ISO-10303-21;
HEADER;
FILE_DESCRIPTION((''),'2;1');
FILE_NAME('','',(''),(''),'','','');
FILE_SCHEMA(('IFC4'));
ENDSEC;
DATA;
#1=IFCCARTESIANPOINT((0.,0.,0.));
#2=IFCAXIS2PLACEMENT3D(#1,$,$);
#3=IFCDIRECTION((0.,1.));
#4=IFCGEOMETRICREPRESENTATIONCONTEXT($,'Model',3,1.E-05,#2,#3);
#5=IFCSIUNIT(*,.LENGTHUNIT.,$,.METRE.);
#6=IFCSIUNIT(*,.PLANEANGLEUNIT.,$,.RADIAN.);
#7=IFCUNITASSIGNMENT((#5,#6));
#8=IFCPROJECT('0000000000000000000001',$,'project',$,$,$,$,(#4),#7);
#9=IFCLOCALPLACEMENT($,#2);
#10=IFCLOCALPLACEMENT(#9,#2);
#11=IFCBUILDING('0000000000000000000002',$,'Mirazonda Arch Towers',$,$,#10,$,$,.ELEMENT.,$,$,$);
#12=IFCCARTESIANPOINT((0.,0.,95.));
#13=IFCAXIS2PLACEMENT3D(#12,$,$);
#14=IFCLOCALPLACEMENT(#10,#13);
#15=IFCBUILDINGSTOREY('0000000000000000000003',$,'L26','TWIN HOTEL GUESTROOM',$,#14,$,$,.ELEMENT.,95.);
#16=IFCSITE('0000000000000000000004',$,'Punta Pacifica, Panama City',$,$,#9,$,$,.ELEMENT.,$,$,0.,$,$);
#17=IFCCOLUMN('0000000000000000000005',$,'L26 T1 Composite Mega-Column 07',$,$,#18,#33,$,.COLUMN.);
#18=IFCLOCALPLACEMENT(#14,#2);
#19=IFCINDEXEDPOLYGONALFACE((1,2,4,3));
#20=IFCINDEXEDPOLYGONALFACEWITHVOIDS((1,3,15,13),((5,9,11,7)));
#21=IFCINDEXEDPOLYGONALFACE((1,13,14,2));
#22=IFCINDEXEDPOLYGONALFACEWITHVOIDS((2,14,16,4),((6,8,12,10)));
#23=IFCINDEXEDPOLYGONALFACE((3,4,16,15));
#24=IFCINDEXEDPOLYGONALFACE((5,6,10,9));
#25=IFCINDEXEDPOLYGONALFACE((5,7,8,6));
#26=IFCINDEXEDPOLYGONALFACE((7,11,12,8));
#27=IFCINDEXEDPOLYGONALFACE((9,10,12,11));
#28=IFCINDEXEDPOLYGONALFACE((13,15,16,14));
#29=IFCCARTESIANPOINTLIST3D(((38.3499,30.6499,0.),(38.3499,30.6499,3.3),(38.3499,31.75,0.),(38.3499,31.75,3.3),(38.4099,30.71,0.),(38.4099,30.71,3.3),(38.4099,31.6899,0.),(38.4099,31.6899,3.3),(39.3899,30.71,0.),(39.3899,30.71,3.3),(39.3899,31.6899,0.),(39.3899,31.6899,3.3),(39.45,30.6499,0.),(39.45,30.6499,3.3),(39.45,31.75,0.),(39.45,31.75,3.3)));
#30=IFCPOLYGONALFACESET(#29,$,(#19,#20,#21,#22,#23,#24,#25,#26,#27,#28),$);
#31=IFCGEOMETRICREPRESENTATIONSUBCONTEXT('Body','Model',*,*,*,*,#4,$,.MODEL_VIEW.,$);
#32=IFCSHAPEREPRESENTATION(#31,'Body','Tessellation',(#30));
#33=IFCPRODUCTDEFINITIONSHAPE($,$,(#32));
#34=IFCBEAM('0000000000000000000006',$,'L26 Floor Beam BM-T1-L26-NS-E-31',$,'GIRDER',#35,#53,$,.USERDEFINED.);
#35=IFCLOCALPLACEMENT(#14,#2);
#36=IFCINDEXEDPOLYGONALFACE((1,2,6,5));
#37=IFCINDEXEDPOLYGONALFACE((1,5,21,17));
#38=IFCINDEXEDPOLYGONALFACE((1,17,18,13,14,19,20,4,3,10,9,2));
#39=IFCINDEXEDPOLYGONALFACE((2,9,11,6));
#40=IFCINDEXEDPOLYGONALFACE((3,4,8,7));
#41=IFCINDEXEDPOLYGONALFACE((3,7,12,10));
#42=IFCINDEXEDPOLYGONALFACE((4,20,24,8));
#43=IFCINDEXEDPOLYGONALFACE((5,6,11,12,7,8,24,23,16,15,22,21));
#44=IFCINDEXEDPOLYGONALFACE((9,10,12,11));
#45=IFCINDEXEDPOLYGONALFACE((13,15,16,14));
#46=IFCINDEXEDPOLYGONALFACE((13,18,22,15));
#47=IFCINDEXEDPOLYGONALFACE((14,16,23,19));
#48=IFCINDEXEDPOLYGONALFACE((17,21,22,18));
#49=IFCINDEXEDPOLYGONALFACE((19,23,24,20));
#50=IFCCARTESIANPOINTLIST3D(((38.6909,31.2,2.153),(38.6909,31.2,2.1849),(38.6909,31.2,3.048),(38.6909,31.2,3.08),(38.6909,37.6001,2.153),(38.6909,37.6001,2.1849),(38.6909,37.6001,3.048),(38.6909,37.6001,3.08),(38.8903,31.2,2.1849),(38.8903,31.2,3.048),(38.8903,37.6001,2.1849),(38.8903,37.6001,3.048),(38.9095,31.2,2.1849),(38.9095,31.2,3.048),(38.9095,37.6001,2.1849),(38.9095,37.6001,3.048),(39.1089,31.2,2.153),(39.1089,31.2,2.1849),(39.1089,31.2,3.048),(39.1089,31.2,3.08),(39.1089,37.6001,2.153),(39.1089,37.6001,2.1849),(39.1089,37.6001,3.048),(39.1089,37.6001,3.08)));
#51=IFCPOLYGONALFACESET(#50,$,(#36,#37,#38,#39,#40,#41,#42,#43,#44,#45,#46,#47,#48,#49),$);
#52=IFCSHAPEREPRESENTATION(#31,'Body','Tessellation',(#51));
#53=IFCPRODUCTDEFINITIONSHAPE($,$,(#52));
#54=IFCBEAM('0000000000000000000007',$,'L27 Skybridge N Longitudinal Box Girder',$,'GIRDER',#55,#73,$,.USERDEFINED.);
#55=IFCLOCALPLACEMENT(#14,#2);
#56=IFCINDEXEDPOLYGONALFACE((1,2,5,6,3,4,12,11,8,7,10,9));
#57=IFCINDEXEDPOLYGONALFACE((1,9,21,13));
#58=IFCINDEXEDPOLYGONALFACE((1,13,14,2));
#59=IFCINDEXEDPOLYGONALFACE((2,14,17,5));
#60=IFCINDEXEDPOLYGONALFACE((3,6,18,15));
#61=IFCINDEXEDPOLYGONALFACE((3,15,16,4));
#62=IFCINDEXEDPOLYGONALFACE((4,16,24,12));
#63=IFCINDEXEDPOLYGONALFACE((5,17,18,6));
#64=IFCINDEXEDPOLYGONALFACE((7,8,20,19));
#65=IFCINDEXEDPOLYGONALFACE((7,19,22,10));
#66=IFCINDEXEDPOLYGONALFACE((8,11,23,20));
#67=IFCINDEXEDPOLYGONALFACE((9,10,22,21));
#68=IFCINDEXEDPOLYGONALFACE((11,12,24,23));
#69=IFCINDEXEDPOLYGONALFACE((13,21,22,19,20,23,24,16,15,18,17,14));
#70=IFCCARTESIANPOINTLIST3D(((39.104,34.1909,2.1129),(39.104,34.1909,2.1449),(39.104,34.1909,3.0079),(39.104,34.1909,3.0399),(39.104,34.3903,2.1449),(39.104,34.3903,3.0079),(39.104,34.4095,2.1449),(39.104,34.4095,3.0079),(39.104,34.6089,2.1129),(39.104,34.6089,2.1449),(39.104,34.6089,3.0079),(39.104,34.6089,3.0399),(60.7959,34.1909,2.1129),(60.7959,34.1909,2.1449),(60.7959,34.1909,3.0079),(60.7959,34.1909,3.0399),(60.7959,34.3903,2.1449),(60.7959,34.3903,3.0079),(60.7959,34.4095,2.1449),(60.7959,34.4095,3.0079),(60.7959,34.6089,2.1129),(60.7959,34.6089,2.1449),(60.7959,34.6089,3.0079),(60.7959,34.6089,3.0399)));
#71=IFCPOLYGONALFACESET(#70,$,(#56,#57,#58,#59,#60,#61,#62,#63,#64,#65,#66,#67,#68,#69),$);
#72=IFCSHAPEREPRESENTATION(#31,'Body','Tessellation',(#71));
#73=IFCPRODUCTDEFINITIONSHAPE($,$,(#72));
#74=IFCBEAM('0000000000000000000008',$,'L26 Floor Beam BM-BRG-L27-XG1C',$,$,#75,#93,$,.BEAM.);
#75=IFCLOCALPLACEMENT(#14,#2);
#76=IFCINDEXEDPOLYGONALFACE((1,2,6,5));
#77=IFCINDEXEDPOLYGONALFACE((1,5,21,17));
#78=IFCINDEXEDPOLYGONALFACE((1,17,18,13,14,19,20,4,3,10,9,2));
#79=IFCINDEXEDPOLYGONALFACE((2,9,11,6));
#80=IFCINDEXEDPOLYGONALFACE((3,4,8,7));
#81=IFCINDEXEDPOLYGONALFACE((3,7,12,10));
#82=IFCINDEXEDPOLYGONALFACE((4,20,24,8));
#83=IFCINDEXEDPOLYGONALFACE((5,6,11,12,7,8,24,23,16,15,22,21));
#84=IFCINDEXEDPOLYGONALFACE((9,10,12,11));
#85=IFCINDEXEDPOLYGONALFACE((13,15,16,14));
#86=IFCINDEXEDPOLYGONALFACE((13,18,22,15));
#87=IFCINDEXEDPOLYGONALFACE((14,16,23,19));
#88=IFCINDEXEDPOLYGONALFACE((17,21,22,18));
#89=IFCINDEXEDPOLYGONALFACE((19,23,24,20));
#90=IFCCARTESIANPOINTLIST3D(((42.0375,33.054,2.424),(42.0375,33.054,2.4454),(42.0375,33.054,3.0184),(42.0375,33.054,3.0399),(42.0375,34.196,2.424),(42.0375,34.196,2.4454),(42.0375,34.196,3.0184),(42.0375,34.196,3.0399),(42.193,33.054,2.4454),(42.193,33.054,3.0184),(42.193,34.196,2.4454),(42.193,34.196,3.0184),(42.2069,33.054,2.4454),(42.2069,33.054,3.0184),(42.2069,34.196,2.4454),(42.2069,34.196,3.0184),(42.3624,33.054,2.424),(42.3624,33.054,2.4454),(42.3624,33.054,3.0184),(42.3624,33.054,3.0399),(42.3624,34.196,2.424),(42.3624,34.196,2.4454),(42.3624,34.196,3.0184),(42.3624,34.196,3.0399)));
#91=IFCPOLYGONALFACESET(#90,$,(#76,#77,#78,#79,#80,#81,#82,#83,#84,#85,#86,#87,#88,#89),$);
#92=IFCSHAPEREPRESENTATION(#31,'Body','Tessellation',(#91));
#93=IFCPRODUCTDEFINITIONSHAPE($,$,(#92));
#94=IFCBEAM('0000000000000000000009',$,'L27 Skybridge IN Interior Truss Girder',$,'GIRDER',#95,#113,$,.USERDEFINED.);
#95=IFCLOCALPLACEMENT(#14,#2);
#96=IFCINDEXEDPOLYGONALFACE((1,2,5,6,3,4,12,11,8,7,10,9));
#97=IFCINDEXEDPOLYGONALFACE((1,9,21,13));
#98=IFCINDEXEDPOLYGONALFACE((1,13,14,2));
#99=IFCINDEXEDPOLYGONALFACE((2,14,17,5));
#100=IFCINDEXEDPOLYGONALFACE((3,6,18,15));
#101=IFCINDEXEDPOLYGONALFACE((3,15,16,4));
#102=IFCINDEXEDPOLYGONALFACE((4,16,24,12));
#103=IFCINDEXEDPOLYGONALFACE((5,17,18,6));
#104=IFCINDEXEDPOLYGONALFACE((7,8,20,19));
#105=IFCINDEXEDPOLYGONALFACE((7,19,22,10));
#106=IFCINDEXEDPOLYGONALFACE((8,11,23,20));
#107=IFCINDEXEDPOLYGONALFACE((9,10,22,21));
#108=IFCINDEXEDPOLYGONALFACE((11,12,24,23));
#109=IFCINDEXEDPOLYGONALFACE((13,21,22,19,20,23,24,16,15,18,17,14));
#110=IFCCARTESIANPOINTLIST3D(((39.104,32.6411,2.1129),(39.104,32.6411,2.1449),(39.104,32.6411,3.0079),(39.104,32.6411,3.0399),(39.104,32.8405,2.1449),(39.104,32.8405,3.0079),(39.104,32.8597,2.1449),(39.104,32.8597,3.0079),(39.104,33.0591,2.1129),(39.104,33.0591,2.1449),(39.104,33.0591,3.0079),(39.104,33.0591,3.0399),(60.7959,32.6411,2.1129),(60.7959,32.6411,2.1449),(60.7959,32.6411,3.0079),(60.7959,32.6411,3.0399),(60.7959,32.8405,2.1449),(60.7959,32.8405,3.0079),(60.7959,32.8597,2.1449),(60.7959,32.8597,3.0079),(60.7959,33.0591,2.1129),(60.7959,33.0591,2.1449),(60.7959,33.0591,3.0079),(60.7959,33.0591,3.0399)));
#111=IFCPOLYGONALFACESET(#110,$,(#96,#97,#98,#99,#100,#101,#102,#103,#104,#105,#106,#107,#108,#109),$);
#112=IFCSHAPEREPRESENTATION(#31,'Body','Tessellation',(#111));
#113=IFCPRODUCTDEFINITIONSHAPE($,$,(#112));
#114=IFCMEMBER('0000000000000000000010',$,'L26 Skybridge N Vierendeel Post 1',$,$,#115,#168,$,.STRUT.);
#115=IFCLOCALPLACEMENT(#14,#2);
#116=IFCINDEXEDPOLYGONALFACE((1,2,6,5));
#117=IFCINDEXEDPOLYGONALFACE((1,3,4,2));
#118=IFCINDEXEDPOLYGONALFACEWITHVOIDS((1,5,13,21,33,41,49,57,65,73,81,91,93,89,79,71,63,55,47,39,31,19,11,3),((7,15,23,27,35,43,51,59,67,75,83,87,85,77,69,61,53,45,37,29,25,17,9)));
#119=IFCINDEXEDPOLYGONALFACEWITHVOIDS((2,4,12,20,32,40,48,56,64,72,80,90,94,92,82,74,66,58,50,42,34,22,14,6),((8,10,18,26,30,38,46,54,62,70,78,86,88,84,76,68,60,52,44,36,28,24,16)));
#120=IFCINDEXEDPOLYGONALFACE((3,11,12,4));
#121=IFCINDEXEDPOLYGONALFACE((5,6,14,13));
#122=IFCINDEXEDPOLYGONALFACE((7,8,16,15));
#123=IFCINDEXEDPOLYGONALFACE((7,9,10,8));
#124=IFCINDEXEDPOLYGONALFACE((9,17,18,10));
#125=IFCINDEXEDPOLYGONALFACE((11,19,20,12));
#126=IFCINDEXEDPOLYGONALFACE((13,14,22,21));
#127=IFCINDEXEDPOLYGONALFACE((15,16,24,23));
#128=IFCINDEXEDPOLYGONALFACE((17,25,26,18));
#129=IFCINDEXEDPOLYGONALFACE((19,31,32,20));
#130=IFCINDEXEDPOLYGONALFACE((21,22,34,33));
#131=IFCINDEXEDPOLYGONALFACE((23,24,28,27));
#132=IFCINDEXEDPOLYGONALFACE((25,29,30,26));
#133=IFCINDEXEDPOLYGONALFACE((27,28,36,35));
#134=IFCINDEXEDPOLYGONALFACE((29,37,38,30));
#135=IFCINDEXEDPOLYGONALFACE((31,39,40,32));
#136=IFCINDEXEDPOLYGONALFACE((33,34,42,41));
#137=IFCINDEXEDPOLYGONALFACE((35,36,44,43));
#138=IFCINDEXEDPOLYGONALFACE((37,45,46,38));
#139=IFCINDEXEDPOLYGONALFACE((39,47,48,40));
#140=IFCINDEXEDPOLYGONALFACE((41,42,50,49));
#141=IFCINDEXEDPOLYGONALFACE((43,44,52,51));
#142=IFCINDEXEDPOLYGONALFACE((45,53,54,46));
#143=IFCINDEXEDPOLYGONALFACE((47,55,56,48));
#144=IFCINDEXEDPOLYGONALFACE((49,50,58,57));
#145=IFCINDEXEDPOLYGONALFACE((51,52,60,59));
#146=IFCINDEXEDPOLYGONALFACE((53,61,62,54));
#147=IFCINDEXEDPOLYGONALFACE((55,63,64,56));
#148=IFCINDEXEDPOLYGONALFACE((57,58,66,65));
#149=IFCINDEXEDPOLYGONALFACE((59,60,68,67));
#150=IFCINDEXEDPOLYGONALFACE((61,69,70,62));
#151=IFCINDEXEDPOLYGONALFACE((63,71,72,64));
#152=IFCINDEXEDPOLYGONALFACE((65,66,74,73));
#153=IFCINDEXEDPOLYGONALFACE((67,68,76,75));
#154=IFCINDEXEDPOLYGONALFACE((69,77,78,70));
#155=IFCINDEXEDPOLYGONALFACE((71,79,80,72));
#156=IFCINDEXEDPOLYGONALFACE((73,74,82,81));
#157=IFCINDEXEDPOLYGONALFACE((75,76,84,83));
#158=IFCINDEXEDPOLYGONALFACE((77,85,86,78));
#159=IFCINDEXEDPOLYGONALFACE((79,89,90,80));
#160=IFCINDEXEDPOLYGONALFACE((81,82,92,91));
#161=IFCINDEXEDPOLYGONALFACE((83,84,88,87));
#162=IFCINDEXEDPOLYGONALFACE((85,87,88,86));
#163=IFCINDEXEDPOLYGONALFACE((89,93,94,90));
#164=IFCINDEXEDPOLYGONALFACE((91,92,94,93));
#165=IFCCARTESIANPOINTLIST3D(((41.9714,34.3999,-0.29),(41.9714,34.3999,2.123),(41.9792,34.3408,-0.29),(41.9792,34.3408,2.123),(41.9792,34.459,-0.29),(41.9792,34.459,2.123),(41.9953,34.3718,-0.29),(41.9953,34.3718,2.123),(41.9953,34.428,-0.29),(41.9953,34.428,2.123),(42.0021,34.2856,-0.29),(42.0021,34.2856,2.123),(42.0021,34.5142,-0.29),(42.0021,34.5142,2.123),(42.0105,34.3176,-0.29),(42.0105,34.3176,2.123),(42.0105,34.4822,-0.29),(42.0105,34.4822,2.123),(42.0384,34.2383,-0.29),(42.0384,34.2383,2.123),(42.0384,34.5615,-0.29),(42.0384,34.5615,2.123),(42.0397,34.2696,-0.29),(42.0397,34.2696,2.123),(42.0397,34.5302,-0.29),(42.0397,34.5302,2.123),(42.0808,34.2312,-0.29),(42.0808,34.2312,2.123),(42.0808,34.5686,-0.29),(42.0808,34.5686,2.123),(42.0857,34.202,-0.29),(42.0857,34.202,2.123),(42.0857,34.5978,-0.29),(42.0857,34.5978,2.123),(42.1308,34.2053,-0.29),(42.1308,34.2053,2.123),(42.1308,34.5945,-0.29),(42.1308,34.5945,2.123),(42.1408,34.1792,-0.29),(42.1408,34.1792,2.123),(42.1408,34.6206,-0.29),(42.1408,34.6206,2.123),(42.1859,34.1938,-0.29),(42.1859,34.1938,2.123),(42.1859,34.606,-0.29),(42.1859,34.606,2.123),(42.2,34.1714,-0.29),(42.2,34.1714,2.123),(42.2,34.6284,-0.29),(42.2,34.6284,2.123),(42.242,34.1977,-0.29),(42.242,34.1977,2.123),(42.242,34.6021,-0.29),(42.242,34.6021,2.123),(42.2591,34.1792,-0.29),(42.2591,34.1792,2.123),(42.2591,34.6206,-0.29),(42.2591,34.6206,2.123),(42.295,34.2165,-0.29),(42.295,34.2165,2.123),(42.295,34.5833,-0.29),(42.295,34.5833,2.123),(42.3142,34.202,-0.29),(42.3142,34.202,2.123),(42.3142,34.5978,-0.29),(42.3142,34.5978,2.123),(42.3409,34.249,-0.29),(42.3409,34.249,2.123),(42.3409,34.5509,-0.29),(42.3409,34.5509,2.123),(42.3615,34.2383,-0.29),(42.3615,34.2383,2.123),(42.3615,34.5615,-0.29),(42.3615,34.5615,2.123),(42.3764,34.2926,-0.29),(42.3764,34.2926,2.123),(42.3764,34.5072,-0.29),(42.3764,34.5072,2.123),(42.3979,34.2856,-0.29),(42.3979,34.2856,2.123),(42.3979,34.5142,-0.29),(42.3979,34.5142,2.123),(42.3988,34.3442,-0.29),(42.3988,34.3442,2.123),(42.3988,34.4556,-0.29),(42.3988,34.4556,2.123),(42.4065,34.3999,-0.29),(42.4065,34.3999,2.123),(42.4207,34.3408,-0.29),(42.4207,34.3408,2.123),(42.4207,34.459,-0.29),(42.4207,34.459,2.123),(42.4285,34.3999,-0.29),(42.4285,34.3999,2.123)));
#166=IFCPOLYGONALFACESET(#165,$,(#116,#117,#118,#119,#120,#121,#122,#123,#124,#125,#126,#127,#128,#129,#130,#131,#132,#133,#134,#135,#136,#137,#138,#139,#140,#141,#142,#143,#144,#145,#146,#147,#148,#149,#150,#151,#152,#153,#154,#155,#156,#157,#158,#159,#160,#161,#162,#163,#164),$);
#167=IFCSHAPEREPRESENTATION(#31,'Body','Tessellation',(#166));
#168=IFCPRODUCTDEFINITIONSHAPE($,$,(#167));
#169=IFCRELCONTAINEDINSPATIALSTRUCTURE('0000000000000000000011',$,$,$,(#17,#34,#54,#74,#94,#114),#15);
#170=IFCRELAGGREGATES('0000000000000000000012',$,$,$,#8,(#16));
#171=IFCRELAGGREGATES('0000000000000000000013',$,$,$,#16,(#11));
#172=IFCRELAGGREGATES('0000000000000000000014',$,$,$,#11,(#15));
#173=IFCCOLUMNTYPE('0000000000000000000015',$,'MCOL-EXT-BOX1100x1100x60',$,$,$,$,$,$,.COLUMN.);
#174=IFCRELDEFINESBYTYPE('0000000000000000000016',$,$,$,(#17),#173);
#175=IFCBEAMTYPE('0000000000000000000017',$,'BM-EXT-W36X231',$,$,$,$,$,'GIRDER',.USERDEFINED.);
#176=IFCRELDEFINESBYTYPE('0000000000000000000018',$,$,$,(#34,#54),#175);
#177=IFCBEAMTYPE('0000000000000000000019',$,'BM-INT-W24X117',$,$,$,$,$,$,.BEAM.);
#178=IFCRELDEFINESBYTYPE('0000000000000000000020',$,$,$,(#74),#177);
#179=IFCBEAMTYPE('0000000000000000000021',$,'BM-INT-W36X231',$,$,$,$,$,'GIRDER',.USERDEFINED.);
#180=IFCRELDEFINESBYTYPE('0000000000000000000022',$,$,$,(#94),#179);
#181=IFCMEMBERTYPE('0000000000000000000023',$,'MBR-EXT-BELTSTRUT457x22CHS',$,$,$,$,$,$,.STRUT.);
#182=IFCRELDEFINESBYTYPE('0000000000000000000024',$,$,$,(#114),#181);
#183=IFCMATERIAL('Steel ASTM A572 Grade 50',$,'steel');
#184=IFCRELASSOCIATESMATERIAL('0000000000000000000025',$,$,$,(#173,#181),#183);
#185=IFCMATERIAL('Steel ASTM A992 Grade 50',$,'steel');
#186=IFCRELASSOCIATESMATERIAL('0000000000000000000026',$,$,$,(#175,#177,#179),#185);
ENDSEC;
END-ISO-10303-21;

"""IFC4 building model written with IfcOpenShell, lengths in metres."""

from ifc_helpers import new_model, si_unit, direction, frame, origin, origin_2d, place, context, subcontext, project, spatial, hollow_rectangle, hollow_circle, i_section, extrude, material, material_profile, profile_set, type_object, element, save


model = new_model("IFC4")

# Units and contexts
model_context = context("Model", 3, precision=1e-05, world=origin(), true_north=direction((0.0, 1.0)))
body_context = subcontext(model_context, "Body", "Model", "MODEL_VIEW")
ifc_project = project(units=[si_unit("LENGTHUNIT", "METRE"), si_unit("PLANEANGLEUNIT", "RADIAN")], contexts=[model_context])

# Site, building, storey
site_placement = place(None, origin())
site = spatial("IfcSite", under=ifc_project, at=site_placement, Name="Punta Pacifica, Panama City", CompositionType="ELEMENT", RefElevation=0.0)
building_placement = place(site_placement, origin())
building = spatial("IfcBuilding", under=site, at=building_placement, Name="Mirazonda Arch Towers", CompositionType="ELEMENT")
storey_placement = place(building_placement, frame((0.0, 0.0, 95.0)))
storey = spatial("IfcBuildingStorey", under=building, at=storey_placement, Name="L26", Description="TWIN HOTEL GUESTROOM", CompositionType="ELEMENT", Elevation=95.0)

# Column
ifc_material_1 = material(Name="Steel ASTM A572 Grade 50", Category="steel")
ifc_material_profile_1 = material_profile(ifc_material_1, hollow_rectangle(XDim=1.1001, YDim=1.1001, WallThickness=0.0601, at=origin_2d()), Name="BOX1100x1100x60")
ifc_profile_set_1 = profile_set([ifc_material_profile_1], Name="Steel ASTM A572 Grade 50")
column_type = type_object("IfcColumnType", Name="MCOL-EXT-BOX1100x1100x60", PredefinedType="COLUMN", material=ifc_profile_set_1)
column_placement = place(storey_placement, frame((38.8999, 31.2, 0.0), z_axis=(0.0, 0.0, 1.0), x_axis=(1.0, 0.0, 0.0)))
element("IfcColumn", 1, at=column_placement, inside=storey, type_object=column_type, Name="L26 T1 Composite Mega-Column 07", PredefinedType="COLUMN", context=body_context, shape_type="SweptSolid", body=[
    extrude(hollow_rectangle(XDim=1.1001, YDim=1.1001, WallThickness=0.0601, at=origin_2d()), origin(), (0.0, 0.0, 1.0), 3.3),
])

# Beams
ifc_material_2 = material(Name="Steel ASTM A992 Grade 50", Category="steel")
ifc_material_profile_2 = material_profile(ifc_material_2, i_section(OverallWidth=0.418, OverallDepth=0.927, WebThickness=0.0193, FlangeThickness=0.032, at=origin_2d()), Name="W36X231")
ifc_profile_set_2 = profile_set([ifc_material_profile_2], Name="Steel ASTM A992 Grade 50")
beam_type_1 = type_object("IfcBeamType", Name="BM-EXT-W36X231", ElementType="GIRDER", PredefinedType="USERDEFINED", material=ifc_profile_set_2)
beam_1_placement = place(storey_placement, frame((38.8999, 31.2, 2.6165), z_axis=(0.0, 1.0, 0.0), x_axis=(-1.0, 0.0, 0.0)))
element("IfcBeam", 2, at=beam_1_placement, inside=storey, type_object=beam_type_1, Name="L26 Floor Beam BM-T1-L26-NS-E-31", ObjectType="GIRDER", PredefinedType="USERDEFINED", context=body_context, shape_type="SweptSolid", body=[
    extrude(i_section(OverallWidth=0.418, OverallDepth=0.927, WebThickness=0.0193, FlangeThickness=0.032, at=origin_2d()), origin(), (0.0, 0.0, 1.0), 6.4001),
])
beam_2_placement = place(storey_placement, frame((39.104, 34.3999, 2.5764), z_axis=(1.0, 0.0, 0.0), x_axis=(0.0, 1.0, 0.0)))
element("IfcBeam", 3, at=beam_2_placement, inside=storey, type_object=beam_type_1, Name="L27 Skybridge N Longitudinal Box Girder", ObjectType="GIRDER", PredefinedType="USERDEFINED", context=body_context, shape_type="SweptSolid", body=[
    extrude(i_section(OverallWidth=0.418, OverallDepth=0.927, WebThickness=0.0193, FlangeThickness=0.032, at=origin_2d()), origin(), (0.0, 0.0, 1.0), 21.6919),
])
ifc_material_profile_3 = material_profile(ifc_material_2, i_section(OverallWidth=0.325, OverallDepth=0.616, WebThickness=0.0139, FlangeThickness=0.0215, at=origin_2d()), Name="W24X117")
ifc_profile_set_3 = profile_set([ifc_material_profile_3], Name="Steel ASTM A992 Grade 50")
beam_type_2 = type_object("IfcBeamType", Name="BM-INT-W24X117", PredefinedType="BEAM", material=ifc_profile_set_3)
beam_3_placement = place(storey_placement, frame((42.2, 33.054, 2.7319), z_axis=(0.0, 1.0, 0.0), x_axis=(-1.0, 0.0, 0.0)))
element("IfcBeam", 4, at=beam_3_placement, inside=storey, type_object=beam_type_2, Name="L26 Floor Beam BM-BRG-L27-XG1C", PredefinedType="BEAM", context=body_context, shape_type="SweptSolid", body=[
    extrude(i_section(OverallWidth=0.325, OverallDepth=0.616, WebThickness=0.0139, FlangeThickness=0.0215, at=origin_2d()), origin(), (0.0, 0.0, 1.0), 1.1421),
])
ifc_material_profile_4 = material_profile(ifc_material_2, i_section(OverallWidth=0.418, OverallDepth=0.927, WebThickness=0.0193, FlangeThickness=0.032, at=origin_2d()), Name="W36X231")
ifc_profile_set_4 = profile_set([ifc_material_profile_4], Name="Steel ASTM A992 Grade 50")
beam_type_3 = type_object("IfcBeamType", Name="BM-INT-W36X231", ElementType="GIRDER", PredefinedType="USERDEFINED", material=ifc_profile_set_4)
beam_4_placement = place(storey_placement, frame((39.104, 32.8501, 2.5764), z_axis=(1.0, 0.0, 0.0), x_axis=(0.0, 1.0, 0.0)))
element("IfcBeam", 5, at=beam_4_placement, inside=storey, type_object=beam_type_3, Name="L27 Skybridge IN Interior Truss Girder", ObjectType="GIRDER", PredefinedType="USERDEFINED", context=body_context, shape_type="SweptSolid", body=[
    extrude(i_section(OverallWidth=0.418, OverallDepth=0.927, WebThickness=0.0193, FlangeThickness=0.032, at=origin_2d()), origin(), (0.0, 0.0, 1.0), 21.6919),
])

# Member
ifc_material_profile_5 = material_profile(ifc_material_1, hollow_circle(Radius=0.2285, WallThickness=0.022, at=origin_2d()), Name="BELTSTRUT457x22CHS")
ifc_profile_set_5 = profile_set([ifc_material_profile_5], Name="Steel ASTM A572 Grade 50")
member_type_1 = type_object("IfcMemberType", Name="MBR-EXT-BELTSTRUT457x22CHS", PredefinedType="STRUT", material=ifc_profile_set_5)
for number, where, z_axis, x_axis, name in (
    (6, (42.2, 34.3999, -0.29), (0.0, 0.0, 1.0), (1.0, 0.0, 0.0), "L26 Skybridge N Vierendeel Post 1"),
):
    element("IfcMember", number, at=place(storey_placement, frame(where, z_axis=z_axis, x_axis=x_axis)), inside=storey, type_object=member_type_1, Name=name, PredefinedType="STRUT", context=body_context, shape_type="SweptSolid", body=[
        extrude(hollow_circle(Radius=0.2285, WallThickness=0.022, at=origin_2d()), origin(), (0.0, 0.0, 1.0), 2.4131),
    ])

save(model, "model.ifc")
